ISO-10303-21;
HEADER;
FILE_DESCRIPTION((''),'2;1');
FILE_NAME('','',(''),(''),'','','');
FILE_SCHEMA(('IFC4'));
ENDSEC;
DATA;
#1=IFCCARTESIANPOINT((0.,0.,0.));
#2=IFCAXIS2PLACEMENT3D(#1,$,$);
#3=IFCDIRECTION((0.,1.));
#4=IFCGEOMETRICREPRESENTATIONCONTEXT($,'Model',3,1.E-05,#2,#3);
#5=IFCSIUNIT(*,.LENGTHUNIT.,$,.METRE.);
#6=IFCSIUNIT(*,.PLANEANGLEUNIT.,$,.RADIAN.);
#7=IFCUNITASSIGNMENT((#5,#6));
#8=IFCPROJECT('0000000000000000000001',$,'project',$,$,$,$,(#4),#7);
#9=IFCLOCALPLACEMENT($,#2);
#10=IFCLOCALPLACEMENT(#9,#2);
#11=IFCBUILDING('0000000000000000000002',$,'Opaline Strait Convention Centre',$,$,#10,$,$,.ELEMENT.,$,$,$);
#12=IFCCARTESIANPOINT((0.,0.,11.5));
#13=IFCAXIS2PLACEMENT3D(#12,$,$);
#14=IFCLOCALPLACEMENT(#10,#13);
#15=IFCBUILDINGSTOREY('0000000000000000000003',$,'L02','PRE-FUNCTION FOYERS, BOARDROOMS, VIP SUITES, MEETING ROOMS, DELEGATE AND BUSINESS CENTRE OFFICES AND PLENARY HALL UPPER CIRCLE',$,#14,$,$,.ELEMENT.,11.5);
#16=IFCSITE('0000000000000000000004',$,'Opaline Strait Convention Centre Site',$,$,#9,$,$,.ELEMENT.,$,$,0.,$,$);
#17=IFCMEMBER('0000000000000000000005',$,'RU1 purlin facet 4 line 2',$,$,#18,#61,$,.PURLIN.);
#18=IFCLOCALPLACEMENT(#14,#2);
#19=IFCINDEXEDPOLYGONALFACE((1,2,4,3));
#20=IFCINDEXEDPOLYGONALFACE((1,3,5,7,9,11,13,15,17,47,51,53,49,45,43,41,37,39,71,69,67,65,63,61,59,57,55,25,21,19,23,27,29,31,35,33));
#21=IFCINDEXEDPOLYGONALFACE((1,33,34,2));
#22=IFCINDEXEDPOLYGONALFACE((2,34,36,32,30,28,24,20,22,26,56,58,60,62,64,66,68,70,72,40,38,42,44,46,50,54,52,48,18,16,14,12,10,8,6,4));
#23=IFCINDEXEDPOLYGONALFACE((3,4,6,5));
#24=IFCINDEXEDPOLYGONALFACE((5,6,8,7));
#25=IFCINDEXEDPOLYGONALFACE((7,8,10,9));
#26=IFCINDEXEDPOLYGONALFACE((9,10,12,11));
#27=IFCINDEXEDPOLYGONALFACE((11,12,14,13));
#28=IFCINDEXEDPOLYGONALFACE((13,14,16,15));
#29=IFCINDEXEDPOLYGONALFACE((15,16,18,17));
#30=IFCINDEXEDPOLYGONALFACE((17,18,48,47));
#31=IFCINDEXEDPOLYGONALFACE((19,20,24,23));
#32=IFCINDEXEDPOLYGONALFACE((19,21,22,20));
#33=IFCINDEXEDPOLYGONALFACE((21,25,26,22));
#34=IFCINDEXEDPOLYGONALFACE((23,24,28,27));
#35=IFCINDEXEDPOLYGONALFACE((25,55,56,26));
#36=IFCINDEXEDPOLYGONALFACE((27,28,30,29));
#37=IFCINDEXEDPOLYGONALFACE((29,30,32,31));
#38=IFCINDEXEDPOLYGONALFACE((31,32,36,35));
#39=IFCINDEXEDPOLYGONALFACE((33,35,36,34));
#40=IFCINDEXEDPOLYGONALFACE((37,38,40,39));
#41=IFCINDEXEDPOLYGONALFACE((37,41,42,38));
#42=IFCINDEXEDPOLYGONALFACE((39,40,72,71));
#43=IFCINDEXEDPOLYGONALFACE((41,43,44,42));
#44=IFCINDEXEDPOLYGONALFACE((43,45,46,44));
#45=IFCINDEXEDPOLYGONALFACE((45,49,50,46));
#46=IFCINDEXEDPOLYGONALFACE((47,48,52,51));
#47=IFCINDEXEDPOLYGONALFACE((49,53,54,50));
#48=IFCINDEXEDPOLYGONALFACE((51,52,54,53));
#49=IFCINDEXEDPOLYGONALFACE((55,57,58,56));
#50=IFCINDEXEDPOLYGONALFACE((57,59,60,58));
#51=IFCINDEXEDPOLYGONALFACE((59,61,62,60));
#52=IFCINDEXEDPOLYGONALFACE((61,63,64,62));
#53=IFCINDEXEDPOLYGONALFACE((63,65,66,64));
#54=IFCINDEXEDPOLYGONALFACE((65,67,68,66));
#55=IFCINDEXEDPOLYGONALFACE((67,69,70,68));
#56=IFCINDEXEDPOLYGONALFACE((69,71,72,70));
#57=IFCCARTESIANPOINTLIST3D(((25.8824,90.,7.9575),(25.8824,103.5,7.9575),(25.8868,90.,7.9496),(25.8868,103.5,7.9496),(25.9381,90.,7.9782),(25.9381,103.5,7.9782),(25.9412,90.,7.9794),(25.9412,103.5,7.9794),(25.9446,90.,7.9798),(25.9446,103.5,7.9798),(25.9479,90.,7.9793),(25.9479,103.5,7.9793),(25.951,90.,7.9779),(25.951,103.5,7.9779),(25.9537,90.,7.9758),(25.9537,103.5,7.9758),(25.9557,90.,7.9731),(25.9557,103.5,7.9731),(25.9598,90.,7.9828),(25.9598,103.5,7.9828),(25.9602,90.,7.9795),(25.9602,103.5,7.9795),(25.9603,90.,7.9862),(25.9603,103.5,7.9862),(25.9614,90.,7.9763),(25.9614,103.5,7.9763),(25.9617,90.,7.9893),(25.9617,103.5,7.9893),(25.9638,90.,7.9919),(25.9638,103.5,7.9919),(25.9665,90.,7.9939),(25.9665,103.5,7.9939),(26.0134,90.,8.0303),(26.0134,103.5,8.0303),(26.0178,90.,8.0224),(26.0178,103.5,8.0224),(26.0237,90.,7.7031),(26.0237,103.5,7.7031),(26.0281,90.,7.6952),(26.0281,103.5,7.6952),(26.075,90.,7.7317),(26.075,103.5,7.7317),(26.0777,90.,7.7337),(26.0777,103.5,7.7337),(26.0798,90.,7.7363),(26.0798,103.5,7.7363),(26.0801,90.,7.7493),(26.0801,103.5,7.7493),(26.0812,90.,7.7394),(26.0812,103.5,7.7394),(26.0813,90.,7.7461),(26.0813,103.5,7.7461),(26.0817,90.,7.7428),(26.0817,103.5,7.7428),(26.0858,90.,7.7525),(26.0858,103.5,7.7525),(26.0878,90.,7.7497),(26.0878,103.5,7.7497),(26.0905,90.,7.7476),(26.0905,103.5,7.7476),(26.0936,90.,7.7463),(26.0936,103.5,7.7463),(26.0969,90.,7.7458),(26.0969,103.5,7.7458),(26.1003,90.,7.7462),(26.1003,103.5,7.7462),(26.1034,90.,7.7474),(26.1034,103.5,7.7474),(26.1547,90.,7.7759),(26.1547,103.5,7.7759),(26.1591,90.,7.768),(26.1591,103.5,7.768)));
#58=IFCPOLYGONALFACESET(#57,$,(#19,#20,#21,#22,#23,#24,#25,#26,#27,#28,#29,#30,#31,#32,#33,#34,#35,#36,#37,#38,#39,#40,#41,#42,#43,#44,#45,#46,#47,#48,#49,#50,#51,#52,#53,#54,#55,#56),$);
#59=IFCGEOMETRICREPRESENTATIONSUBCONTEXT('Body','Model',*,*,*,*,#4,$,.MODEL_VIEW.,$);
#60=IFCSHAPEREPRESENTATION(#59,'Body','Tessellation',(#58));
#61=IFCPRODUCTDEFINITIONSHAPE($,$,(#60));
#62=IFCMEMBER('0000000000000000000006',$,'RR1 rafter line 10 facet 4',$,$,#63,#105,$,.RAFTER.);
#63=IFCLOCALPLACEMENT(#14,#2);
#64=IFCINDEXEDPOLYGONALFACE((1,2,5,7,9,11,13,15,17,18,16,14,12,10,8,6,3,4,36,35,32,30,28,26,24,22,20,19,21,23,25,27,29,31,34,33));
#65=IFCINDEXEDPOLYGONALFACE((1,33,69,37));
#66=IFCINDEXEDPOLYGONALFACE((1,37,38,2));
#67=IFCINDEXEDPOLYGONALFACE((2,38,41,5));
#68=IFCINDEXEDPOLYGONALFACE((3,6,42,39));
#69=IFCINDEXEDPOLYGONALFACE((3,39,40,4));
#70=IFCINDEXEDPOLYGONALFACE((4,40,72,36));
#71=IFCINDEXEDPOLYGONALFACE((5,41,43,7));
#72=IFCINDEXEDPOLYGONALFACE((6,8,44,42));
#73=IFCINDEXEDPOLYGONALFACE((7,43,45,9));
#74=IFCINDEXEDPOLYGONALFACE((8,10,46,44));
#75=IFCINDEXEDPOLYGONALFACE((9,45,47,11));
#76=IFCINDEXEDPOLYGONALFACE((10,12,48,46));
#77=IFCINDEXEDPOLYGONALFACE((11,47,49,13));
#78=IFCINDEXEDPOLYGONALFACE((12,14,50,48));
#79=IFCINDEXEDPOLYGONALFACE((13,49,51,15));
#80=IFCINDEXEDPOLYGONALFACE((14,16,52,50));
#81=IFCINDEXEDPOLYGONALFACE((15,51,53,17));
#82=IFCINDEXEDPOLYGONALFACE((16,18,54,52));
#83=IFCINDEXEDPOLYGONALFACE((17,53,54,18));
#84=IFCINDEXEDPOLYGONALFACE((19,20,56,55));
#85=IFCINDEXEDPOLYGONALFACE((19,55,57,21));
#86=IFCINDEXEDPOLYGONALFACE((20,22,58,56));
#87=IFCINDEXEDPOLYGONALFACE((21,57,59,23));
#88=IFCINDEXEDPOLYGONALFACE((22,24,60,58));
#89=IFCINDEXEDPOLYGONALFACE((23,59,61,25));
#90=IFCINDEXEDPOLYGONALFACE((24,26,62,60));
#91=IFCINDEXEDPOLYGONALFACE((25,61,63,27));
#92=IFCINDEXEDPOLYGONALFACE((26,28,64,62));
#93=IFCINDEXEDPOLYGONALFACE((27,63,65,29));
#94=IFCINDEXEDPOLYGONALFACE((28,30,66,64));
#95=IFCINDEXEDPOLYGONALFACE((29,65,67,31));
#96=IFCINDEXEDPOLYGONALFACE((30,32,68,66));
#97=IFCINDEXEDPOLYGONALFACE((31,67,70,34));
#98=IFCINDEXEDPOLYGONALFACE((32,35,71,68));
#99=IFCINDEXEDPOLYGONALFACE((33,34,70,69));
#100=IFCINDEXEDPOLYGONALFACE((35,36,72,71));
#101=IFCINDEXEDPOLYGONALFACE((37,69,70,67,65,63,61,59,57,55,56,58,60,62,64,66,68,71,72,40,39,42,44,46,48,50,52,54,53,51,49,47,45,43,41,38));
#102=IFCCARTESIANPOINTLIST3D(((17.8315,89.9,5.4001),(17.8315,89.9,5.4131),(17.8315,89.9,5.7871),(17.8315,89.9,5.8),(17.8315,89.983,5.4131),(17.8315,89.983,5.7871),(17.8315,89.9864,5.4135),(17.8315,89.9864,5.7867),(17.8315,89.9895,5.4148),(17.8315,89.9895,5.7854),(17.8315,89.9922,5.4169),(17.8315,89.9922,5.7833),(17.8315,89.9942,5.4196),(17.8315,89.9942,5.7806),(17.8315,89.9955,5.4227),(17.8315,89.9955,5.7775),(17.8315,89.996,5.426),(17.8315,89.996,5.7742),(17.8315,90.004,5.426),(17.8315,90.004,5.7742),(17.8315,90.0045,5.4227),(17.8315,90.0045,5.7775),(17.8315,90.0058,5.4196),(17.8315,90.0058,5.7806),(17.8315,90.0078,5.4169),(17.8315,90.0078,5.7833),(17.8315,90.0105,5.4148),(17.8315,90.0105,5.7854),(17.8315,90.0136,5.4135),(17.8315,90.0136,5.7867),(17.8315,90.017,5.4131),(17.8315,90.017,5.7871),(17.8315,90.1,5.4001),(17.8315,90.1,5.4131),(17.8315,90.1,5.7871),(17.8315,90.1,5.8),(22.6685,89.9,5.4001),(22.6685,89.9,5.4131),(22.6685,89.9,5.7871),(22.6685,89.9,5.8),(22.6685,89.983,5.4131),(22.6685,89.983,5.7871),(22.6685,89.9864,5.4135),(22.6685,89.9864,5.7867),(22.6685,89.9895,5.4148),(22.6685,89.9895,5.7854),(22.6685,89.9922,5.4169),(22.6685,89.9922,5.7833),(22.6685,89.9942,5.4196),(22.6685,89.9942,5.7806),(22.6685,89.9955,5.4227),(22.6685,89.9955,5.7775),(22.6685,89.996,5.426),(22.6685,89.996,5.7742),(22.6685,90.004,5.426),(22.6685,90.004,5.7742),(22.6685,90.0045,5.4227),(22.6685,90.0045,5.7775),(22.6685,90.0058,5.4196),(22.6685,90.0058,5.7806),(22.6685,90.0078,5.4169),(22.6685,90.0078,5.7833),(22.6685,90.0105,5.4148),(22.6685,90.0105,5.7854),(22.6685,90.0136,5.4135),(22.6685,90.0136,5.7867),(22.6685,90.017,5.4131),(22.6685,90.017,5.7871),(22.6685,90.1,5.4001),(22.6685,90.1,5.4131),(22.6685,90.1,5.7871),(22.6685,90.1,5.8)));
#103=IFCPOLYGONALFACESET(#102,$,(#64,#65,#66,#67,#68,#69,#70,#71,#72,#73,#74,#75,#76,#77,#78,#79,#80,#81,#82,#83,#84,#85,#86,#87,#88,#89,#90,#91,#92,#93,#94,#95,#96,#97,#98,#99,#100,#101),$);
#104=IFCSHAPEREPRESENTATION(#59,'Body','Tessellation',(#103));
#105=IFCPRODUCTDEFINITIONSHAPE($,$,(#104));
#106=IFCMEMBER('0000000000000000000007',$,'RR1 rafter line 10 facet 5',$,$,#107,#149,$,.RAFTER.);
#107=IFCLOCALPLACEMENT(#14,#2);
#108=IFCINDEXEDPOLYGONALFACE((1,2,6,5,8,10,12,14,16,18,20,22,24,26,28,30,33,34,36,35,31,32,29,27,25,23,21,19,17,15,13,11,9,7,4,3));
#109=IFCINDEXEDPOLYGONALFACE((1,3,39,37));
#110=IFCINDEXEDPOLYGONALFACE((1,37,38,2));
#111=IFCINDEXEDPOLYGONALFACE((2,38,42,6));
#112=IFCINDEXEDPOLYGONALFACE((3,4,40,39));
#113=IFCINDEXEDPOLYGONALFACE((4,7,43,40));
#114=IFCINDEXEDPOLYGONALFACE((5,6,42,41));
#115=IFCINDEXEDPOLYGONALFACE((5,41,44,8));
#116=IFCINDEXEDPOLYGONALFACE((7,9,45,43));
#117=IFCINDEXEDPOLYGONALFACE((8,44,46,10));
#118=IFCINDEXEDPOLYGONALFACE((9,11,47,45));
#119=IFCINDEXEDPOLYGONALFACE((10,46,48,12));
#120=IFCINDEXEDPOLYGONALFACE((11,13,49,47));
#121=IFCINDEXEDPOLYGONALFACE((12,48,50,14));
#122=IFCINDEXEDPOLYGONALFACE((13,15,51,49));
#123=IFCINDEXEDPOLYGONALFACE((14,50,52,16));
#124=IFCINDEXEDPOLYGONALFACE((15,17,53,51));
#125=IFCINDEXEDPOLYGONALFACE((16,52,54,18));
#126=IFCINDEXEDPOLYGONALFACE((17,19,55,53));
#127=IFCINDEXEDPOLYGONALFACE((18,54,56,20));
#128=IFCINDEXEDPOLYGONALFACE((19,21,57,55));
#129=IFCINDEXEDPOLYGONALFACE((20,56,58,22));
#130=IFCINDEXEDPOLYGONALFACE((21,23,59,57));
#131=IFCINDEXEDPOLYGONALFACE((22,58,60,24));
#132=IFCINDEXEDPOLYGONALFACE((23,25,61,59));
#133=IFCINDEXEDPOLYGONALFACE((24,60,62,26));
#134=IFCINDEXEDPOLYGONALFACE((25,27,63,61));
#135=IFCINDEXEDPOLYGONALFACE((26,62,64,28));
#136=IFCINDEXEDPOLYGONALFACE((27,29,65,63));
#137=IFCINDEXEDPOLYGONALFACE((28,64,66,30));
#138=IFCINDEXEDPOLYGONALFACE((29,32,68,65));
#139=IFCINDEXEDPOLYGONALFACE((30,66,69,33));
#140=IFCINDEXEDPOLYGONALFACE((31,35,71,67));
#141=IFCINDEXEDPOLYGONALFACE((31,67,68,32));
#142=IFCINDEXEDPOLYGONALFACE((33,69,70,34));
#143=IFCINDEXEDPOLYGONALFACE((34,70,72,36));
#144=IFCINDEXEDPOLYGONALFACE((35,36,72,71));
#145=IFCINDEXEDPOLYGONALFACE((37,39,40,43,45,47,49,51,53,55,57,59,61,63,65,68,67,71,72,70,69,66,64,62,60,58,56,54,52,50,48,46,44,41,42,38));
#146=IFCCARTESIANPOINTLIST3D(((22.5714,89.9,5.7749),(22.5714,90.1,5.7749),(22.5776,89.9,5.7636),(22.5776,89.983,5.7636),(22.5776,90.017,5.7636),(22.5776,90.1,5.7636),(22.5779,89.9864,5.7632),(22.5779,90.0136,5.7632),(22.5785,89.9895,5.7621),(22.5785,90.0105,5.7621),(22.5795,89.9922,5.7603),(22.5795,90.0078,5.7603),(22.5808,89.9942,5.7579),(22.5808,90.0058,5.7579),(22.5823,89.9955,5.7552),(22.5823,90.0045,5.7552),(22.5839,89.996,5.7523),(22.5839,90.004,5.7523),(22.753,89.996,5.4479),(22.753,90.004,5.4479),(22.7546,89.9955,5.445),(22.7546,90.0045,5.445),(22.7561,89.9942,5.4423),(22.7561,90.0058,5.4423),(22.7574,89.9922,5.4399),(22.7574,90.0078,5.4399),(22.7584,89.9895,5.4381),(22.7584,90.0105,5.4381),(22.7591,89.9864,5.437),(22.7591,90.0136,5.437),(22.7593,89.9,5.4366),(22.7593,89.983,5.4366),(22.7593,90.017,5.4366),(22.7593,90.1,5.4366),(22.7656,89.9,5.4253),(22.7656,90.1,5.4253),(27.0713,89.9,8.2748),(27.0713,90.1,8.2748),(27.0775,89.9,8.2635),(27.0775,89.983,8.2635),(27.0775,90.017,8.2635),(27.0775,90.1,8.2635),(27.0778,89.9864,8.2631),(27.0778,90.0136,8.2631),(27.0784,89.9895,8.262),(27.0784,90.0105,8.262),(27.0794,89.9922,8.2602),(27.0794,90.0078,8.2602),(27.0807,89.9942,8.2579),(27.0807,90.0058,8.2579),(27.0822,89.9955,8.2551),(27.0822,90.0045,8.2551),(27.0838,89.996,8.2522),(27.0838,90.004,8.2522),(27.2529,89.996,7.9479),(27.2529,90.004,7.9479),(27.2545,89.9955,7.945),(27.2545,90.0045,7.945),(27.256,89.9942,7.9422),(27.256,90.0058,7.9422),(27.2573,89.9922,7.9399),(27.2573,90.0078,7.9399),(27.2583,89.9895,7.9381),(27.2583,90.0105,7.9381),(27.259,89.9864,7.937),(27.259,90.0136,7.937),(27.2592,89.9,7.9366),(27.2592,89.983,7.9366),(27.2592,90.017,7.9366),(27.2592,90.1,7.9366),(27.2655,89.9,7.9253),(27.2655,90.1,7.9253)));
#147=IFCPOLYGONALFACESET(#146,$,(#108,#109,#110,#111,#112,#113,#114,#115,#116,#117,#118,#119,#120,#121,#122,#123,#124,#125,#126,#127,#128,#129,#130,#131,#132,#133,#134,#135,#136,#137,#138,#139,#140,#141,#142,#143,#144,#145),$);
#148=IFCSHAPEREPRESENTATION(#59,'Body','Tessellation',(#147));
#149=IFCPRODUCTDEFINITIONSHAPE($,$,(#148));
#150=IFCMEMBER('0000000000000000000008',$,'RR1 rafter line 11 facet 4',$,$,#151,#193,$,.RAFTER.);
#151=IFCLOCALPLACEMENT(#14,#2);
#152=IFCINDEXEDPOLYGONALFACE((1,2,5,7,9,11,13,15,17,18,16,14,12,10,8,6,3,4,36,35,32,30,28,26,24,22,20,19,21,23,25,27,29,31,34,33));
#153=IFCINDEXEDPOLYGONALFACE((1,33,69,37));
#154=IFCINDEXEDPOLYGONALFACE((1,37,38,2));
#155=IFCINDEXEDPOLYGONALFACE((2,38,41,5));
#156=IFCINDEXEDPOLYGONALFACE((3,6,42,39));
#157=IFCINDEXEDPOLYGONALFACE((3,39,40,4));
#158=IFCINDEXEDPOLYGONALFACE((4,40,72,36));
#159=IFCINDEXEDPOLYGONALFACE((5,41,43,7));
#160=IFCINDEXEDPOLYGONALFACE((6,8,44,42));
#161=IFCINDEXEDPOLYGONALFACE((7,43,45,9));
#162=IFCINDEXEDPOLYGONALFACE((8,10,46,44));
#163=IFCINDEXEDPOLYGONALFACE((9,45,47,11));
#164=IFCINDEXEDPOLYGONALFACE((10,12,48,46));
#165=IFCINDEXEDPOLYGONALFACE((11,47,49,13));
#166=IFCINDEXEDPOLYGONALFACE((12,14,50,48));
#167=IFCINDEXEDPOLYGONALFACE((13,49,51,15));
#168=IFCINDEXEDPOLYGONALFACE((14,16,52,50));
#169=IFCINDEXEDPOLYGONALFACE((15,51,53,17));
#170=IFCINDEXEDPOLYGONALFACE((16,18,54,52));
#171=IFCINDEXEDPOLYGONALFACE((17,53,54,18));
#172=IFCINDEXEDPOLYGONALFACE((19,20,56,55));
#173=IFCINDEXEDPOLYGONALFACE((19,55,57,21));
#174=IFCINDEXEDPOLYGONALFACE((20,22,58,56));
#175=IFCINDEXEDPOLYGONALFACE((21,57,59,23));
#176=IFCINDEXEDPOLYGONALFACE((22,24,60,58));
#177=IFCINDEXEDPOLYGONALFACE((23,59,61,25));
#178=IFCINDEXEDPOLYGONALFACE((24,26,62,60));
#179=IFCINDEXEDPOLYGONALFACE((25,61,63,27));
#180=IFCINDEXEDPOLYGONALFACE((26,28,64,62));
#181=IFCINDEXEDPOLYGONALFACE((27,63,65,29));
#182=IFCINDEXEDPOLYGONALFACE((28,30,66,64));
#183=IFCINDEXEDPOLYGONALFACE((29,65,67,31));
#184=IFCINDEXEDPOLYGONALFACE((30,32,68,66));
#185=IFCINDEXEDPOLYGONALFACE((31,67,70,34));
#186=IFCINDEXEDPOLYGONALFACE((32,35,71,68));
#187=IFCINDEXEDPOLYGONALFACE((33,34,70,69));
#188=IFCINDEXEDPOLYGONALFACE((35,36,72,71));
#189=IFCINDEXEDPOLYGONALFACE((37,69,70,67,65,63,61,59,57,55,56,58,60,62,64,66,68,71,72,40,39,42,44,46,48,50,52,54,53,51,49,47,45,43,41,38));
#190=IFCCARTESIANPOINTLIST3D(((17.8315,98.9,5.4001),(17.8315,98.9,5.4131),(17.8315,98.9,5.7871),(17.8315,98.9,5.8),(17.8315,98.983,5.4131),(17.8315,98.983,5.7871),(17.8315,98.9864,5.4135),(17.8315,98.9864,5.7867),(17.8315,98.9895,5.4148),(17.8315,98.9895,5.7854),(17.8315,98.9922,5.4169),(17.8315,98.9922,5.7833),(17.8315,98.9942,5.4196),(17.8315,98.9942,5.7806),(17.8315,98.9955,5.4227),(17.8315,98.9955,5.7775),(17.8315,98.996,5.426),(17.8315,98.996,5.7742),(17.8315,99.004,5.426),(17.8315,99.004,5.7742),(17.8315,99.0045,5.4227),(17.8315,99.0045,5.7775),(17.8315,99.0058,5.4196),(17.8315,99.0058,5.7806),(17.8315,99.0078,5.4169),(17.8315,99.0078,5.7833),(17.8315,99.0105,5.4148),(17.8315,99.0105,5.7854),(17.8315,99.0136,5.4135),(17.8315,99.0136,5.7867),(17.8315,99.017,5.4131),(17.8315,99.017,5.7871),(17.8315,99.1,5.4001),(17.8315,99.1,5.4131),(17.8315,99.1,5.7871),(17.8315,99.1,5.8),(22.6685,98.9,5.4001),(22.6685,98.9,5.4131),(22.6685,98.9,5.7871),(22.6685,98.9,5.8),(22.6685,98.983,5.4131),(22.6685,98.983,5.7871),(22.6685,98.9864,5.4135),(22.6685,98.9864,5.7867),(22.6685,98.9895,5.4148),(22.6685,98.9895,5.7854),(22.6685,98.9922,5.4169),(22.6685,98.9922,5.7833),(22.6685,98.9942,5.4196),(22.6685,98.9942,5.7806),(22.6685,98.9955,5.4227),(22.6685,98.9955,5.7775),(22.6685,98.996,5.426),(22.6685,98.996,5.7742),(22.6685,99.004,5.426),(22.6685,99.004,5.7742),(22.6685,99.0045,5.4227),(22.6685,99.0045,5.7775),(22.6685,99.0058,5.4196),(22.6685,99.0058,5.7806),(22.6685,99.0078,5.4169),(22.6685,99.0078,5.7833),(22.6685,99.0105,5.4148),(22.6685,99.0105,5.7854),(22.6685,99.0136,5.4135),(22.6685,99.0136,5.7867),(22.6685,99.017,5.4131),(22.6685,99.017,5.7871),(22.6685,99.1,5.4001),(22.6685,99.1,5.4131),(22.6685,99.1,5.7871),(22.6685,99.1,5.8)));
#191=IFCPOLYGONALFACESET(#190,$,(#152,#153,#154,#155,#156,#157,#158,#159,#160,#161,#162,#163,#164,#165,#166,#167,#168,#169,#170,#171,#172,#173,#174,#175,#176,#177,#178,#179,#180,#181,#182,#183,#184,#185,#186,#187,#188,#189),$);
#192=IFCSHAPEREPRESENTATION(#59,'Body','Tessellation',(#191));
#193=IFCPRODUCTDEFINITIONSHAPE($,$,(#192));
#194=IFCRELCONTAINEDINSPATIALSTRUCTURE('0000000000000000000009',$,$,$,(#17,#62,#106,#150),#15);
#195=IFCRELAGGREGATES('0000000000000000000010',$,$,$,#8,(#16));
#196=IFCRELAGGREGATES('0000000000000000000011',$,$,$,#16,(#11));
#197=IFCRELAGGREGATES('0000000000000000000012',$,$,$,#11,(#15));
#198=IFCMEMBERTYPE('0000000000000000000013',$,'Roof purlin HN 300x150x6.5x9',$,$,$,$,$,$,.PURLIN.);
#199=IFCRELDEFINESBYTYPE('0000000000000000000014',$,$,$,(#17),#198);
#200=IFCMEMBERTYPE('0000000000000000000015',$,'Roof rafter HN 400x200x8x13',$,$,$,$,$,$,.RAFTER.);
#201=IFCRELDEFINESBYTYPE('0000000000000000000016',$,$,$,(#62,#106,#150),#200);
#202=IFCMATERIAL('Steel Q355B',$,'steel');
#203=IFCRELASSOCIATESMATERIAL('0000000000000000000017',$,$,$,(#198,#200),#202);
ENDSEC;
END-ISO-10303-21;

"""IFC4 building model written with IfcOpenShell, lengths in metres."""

from ifc_helpers import new_model, si_unit, direction, frame, origin, origin_2d, place, context, subcontext, project, spatial, i_section, extrude, material, material_profile, profile_set, type_object, element, save


model = new_model("IFC4")

# Units and contexts
model_context = context("Model", 3, precision=1e-05, world=origin(), true_north=direction((0.0, 1.0)))
body_context = subcontext(model_context, "Body", "Model", "MODEL_VIEW")
ifc_project = project(units=[si_unit("LENGTHUNIT", "METRE"), si_unit("PLANEANGLEUNIT", "RADIAN")], contexts=[model_context])

# Site, building, storey
site_placement = place(None, origin())
site = spatial("IfcSite", under=ifc_project, at=site_placement, Name="Opaline Strait Convention Centre Site", CompositionType="ELEMENT", RefElevation=0.0)
building_placement = place(site_placement, origin())
building = spatial("IfcBuilding", under=site, at=building_placement, Name="Opaline Strait Convention Centre", CompositionType="ELEMENT")
storey_placement = place(building_placement, frame((0.0, 0.0, 11.5)))
storey = spatial("IfcBuildingStorey", under=building, at=storey_placement, Name="L02", Description="PRE-FUNCTION FOYERS, BOARDROOMS, VIP SUITES, MEETING ROOMS, DELEGATE AND BUSINESS CENTRE OFFICES AND PLENARY HALL UPPER CIRCLE", CompositionType="ELEMENT", Elevation=11.5)

# Shared definitions
ifc_material_1 = material(Name="Steel Q355B", Category="steel")

# Members
ifc_material_profile_1 = material_profile(ifc_material_1, i_section(OverallWidth=0.1499, OverallDepth=0.3, WebThickness=0.0066, FlangeThickness=0.009, FilletRadius=0.0129, at=origin_2d()), Name="HN 300x150x6.5x9")
ifc_profile_set_1 = profile_set([ifc_material_profile_1], Name="Steel Q355B")
member_type_1 = type_object("IfcMemberType", Name="Roof purlin HN 300x150x6.5x9", PredefinedType="PURLIN", material=ifc_profile_set_1)
for number, where, z_axis, x_axis, name in (
    (1, (26.0208, 90.0, 7.8628), (0.0, 1.0, 0.0), (-0.874157, 0.0, -0.485643), "RU1 purlin facet 4 line 2"),
):
    element("IfcMember", number, at=place(storey_placement, frame(where, z_axis=z_axis, x_axis=x_axis)), inside=storey, type_object=member_type_1, Name=name, PredefinedType="PURLIN", context=body_context, shape_type="SweptSolid", body=[
        extrude(i_section(OverallWidth=0.1499, OverallDepth=0.3, WebThickness=0.0066, FlangeThickness=0.009, FilletRadius=0.0129, at=origin_2d()), origin(), (0.0, 0.0, 1.0), 13.5),
    ])
ifc_material_profile_2 = material_profile(ifc_material_1, i_section(OverallWidth=0.2, OverallDepth=0.3999, WebThickness=0.0081, FlangeThickness=0.0129, FilletRadius=0.0129, at=origin_2d()), Name="HN 400x200x8x13")
ifc_profile_set_2 = profile_set([ifc_material_profile_2], Name="Steel Q355B")
member_type_2 = type_object("IfcMemberType", Name="Roof rafter HN 400x200x8x13", PredefinedType="RAFTER", material=ifc_profile_set_2)
member_1_placement = place(storey_placement, frame((17.8315, 90.0, 5.6001), z_axis=(1.0, 0.0, 0.0), x_axis=(0.0, 1.0, 0.0)))
element("IfcMember", 2, at=member_1_placement, inside=storey, type_object=member_type_2, Name="RR1 rafter line 10 facet 4", PredefinedType="RAFTER", context=body_context, shape_type="SweptSolid", body=[
    extrude(i_section(OverallWidth=0.2, OverallDepth=0.3999, WebThickness=0.0081, FlangeThickness=0.0129, FilletRadius=0.0129, at=origin_2d()), origin(), (0.0, 0.0, 1.0), 4.8369),
])
member_2_placement = place(storey_placement, frame((22.6685, 90.0, 5.6001), z_axis=(0.874157, 0.0, 0.485643), x_axis=(0.0, 1.0, 0.0)))
element("IfcMember", 3, at=member_2_placement, inside=storey, type_object=member_type_2, Name="RR1 rafter line 10 facet 5", PredefinedType="RAFTER", context=body_context, shape_type="SweptSolid", body=[
    extrude(i_section(OverallWidth=0.2, OverallDepth=0.3999, WebThickness=0.0081, FlangeThickness=0.0129, FilletRadius=0.0129, at=origin_2d()), origin(), (0.0, 0.0, 1.0), 5.1477),
])
member_3_placement = place(storey_placement, frame((17.8315, 99.0, 5.6001), z_axis=(1.0, 0.0, 0.0), x_axis=(0.0, 1.0, 0.0)))
element("IfcMember", 4, at=member_3_placement, inside=storey, type_object=member_type_2, Name="RR1 rafter line 11 facet 4", PredefinedType="RAFTER", context=body_context, shape_type="SweptSolid", body=[
    extrude(i_section(OverallWidth=0.2, OverallDepth=0.3999, WebThickness=0.0081, FlangeThickness=0.0129, FilletRadius=0.0129, at=origin_2d()), origin(), (0.0, 0.0, 1.0), 4.8369),
])

save(model, "model.ifc")
